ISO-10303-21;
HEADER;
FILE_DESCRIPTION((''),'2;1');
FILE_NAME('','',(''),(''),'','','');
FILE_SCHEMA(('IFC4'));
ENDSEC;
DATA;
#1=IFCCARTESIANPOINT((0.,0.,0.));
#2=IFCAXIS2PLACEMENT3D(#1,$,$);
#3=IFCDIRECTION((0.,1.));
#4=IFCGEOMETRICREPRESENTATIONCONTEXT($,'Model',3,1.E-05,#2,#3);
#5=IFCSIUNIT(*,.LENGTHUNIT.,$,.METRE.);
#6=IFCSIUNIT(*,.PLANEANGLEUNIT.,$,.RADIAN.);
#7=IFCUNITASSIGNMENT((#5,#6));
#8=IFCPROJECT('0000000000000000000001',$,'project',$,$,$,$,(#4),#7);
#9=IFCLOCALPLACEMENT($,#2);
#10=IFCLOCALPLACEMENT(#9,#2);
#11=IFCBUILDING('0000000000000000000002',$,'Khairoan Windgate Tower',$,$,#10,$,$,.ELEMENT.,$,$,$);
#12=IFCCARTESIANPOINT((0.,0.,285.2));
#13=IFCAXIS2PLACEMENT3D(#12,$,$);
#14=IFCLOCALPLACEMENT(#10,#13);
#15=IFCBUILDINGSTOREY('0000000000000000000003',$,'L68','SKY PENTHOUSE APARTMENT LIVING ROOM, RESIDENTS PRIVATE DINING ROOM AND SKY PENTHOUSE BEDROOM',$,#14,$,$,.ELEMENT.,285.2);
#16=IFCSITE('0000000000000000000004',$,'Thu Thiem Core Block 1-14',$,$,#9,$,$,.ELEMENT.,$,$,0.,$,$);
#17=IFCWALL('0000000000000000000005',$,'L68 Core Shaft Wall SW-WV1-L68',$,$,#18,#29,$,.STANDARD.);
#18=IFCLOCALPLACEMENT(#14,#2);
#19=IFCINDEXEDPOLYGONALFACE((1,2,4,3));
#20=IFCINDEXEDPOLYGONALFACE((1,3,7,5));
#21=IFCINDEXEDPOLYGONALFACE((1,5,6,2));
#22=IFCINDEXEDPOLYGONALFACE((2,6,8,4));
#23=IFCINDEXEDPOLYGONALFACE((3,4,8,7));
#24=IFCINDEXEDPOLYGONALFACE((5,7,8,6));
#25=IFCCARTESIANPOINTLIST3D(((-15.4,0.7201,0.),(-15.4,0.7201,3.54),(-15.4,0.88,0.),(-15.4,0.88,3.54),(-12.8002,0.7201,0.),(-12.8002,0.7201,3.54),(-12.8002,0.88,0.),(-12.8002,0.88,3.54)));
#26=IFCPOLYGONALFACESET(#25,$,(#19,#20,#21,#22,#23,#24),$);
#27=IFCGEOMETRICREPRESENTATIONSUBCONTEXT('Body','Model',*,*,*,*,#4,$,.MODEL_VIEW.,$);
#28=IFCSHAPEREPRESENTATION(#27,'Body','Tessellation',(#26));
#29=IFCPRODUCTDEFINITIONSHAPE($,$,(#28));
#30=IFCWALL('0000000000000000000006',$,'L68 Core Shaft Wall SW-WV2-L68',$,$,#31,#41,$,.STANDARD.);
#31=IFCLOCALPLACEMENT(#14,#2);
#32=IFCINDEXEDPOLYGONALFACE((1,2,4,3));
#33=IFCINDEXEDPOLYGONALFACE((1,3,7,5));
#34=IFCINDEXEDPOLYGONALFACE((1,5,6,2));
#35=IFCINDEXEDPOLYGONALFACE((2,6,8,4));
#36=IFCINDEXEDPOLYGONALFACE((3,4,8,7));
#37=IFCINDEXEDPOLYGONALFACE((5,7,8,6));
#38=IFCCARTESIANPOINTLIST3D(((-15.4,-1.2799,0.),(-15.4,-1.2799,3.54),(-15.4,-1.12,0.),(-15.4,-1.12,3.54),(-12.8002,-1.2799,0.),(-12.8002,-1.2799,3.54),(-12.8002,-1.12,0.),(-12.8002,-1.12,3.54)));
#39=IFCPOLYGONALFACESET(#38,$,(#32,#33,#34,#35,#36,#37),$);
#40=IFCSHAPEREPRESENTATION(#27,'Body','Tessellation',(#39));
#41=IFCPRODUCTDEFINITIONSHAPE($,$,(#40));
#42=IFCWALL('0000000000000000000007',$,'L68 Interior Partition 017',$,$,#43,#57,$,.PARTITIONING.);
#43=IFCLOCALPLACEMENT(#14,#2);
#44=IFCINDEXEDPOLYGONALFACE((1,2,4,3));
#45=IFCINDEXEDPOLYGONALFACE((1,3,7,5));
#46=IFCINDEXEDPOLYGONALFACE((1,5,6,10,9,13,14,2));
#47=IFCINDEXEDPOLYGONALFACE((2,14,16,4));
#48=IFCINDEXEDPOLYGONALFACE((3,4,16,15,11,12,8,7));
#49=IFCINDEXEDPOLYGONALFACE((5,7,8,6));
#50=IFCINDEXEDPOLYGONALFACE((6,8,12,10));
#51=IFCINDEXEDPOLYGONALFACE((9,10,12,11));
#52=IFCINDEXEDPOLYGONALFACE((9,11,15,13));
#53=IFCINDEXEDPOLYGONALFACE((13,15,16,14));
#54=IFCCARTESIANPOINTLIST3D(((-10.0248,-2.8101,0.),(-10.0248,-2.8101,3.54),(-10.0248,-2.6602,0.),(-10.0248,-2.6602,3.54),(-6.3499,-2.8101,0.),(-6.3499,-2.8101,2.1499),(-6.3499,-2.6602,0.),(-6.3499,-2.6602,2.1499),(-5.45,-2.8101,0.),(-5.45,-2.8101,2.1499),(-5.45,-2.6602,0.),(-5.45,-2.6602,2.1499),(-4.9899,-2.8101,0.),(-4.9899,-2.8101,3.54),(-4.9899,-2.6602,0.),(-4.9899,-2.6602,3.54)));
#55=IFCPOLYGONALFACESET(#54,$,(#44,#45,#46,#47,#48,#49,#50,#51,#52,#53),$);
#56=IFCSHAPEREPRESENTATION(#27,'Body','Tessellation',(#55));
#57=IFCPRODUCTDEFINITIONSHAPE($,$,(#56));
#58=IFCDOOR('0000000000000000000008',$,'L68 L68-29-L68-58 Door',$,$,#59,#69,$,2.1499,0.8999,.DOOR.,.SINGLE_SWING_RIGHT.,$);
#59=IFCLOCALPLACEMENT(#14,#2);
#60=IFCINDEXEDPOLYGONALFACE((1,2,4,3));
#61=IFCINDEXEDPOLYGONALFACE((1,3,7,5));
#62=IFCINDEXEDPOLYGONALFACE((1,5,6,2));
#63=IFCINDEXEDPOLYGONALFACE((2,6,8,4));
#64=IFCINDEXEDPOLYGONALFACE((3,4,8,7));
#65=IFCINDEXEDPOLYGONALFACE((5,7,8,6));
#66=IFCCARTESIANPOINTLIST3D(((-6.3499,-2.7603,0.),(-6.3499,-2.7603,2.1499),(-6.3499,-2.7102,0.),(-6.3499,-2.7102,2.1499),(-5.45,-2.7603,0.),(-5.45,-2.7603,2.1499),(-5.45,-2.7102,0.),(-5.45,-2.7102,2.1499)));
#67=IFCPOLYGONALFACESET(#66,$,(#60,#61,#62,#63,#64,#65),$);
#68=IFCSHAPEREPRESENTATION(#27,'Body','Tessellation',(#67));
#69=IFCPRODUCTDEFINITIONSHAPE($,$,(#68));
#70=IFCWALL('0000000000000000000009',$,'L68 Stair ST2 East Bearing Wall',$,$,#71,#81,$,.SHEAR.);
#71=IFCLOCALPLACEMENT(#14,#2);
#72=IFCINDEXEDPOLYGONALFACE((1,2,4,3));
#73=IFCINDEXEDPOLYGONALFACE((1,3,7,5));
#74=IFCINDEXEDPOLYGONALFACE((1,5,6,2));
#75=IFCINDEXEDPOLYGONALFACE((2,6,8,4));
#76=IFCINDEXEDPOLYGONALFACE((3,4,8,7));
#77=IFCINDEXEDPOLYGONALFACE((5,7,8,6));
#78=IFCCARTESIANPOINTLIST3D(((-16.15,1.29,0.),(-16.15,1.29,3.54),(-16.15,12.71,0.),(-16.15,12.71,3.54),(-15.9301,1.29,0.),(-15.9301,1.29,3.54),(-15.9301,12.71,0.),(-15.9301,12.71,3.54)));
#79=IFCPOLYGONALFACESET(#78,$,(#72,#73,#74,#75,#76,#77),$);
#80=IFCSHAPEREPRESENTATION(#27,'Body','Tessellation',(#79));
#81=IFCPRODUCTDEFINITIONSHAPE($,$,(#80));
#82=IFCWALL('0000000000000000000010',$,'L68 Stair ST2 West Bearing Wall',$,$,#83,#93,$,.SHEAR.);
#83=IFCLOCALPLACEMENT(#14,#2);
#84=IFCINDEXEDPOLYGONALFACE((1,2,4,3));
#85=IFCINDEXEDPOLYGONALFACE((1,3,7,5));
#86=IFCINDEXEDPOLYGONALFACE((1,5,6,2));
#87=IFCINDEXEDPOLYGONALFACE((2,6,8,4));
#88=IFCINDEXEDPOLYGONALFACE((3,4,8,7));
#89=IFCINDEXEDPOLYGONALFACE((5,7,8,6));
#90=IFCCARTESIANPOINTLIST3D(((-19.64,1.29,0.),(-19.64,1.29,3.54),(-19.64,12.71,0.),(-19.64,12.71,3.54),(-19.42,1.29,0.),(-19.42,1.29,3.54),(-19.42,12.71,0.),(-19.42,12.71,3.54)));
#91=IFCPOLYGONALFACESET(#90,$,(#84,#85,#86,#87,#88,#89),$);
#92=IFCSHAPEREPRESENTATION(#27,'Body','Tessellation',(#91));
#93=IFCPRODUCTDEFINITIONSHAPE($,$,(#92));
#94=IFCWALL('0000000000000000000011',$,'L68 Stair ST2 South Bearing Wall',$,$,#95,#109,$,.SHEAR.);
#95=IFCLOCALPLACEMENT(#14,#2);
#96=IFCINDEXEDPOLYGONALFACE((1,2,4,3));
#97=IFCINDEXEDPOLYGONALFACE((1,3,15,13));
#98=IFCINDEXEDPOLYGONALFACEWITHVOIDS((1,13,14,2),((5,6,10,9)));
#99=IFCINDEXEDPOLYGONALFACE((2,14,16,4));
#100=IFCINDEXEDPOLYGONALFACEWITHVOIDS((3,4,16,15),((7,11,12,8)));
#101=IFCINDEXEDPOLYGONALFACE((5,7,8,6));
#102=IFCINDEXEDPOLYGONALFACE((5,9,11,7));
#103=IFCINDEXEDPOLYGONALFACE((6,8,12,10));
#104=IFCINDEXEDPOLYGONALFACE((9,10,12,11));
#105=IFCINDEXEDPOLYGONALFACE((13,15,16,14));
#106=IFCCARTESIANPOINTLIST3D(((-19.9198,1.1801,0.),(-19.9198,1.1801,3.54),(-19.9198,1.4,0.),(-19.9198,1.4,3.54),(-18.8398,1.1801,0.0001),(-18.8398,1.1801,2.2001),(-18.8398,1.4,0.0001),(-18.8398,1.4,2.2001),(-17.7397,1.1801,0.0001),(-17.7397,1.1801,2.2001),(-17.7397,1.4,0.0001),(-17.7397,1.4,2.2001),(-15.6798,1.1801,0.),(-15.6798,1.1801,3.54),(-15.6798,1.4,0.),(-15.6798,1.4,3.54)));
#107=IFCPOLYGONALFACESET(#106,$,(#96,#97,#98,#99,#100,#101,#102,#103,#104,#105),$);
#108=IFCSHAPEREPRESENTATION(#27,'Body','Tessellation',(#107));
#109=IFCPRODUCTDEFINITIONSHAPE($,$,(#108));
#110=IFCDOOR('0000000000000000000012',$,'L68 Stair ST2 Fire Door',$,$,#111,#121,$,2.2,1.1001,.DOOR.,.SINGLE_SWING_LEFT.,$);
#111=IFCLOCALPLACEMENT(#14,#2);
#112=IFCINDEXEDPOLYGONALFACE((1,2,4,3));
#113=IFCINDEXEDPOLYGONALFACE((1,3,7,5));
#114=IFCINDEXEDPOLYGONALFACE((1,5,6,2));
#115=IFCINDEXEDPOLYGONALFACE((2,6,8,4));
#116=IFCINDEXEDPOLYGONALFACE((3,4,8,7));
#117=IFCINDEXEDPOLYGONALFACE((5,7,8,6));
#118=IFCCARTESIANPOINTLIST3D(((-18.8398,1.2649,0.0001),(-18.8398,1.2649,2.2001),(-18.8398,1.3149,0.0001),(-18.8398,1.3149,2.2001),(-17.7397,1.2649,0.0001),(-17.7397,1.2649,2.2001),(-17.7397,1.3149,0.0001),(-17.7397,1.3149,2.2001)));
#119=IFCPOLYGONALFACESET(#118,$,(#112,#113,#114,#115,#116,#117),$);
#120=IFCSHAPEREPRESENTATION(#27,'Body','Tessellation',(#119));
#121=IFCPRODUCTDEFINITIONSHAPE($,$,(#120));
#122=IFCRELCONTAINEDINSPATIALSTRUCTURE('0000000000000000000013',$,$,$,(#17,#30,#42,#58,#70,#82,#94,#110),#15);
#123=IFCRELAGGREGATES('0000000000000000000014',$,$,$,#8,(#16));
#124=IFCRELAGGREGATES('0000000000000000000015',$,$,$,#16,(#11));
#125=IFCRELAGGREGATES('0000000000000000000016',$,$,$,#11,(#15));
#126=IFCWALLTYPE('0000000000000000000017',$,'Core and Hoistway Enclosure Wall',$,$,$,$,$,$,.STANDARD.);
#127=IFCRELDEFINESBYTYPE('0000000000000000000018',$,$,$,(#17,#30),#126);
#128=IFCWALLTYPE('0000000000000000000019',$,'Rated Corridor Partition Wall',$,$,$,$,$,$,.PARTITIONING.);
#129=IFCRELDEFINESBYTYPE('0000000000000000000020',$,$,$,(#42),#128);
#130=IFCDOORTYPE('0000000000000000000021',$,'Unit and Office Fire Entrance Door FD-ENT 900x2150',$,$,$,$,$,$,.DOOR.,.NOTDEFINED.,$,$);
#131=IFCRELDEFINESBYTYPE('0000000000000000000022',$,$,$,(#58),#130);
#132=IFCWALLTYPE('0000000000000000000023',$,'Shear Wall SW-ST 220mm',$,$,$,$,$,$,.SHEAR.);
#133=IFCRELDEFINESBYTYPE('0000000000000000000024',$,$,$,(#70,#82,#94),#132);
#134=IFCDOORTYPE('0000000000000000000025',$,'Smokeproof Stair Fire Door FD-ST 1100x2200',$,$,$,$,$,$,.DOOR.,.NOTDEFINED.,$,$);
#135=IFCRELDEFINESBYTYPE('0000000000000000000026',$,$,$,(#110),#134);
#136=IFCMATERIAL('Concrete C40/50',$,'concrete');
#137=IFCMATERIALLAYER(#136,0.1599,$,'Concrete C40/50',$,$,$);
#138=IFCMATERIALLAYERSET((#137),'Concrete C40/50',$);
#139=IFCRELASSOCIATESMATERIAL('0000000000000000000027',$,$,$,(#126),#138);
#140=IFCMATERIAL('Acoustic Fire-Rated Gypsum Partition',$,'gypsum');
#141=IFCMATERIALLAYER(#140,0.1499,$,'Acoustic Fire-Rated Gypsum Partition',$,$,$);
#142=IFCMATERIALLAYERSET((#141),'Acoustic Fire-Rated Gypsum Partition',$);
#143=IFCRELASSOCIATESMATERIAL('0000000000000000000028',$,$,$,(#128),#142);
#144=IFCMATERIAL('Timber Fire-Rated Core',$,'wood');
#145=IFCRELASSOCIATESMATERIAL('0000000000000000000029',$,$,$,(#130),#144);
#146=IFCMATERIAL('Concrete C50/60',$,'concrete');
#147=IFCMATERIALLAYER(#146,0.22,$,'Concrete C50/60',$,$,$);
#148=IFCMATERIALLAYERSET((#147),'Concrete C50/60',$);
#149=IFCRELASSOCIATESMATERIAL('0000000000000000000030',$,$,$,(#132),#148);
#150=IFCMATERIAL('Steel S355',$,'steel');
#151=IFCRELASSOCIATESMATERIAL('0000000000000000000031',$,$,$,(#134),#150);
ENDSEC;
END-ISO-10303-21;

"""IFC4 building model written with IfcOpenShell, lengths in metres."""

from ifc_helpers import new_model, si_unit, direction, frame, frame_2d, origin, place, context, subcontext, project, spatial, rectangle, extrude, material, layer, layer_set, type_object, element, fill, save


model = new_model("IFC4")

# Units and contexts
model_context = context("Model", 3, precision=1e-05, world=origin(), true_north=direction((0.0, 1.0)))
body_context = subcontext(model_context, "Body", "Model", "MODEL_VIEW")
ifc_project = project(units=[si_unit("LENGTHUNIT", "METRE"), si_unit("PLANEANGLEUNIT", "RADIAN")], contexts=[model_context])

# Site, building, storey
site_placement = place(None, origin())
site = spatial("IfcSite", under=ifc_project, at=site_placement, Name="Thu Thiem Core Block 1-14", CompositionType="ELEMENT", RefElevation=0.0)
building_placement = place(site_placement, origin())
building = spatial("IfcBuilding", under=site, at=building_placement, Name="Khairoan Windgate Tower", CompositionType="ELEMENT")
storey_placement = place(building_placement, frame((0.0, 0.0, 285.2)))
storey = spatial("IfcBuildingStorey", under=building, at=storey_placement, Name="L68", Description="SKY PENTHOUSE APARTMENT LIVING ROOM, RESIDENTS PRIVATE DINING ROOM AND SKY PENTHOUSE BEDROOM", CompositionType="ELEMENT", Elevation=285.2)

# Shared definitions
ifc_material_1 = material(Name="Concrete C40/50", Category="concrete")
ifc_layer_1 = layer(ifc_material_1, 0.1599, Name="Concrete C40/50")
ifc_layer_set_1 = layer_set([ifc_layer_1], Name="Concrete C40/50")
wall_type_1 = type_object("IfcWallType", Name="Core and Hoistway Enclosure Wall", PredefinedType="STANDARD", material=ifc_layer_set_1)

# Walls
for number, where, z_axis, x_axis, name in (
    (1, (-15.3999, 0.8, 0.0), (0.0, 0.0, 1.0), (1.0, 0.0, 0.0), "L68 Core Shaft Wall SW-WV1-L68"),
    (2, (-15.3999, -1.2, 0.0), (0.0, 0.0, 1.0), (1.0, 0.0, 0.0), "L68 Core Shaft Wall SW-WV2-L68"),
):
    element("IfcWall", number, at=place(storey_placement, frame(where, z_axis=z_axis, x_axis=x_axis)), inside=storey, type_object=wall_type_1, Name=name, PredefinedType="STANDARD", context=body_context, shape_type="SweptSolid", body=[
        extrude(rectangle(XDim=2.5999, YDim=0.1599, at=frame_2d((1.2998, 0.0))), origin(), (0.0, 0.0, 1.0), 3.54),
    ])

# Wall, opening, door
ifc_material_2 = material(Name="Acoustic Fire-Rated Gypsum Partition", Category="gypsum")
ifc_layer_2 = layer(ifc_material_2, 0.1499, Name="Acoustic Fire-Rated Gypsum Partition")
ifc_layer_set_2 = layer_set([ifc_layer_2], Name="Acoustic Fire-Rated Gypsum Partition")
wall_type_2 = type_object("IfcWallType", Name="Rated Corridor Partition Wall", PredefinedType="PARTITIONING", material=ifc_layer_set_2)
wall_1_placement = place(storey_placement, frame((-10.0249, -2.7351, 0.0), z_axis=(0.0, 0.0, 1.0), x_axis=(1.0, 0.0, 0.0)))
wall_1 = element("IfcWall", 3, at=wall_1_placement, inside=storey, type_object=wall_type_2, Name="L68 Interior Partition 017", PredefinedType="PARTITIONING", context=body_context, shape_type="SweptSolid", body=[
    extrude(rectangle(XDim=5.0349, YDim=0.1499, at=frame_2d((2.5176, 0.0))), origin(), (0.0, 0.0, 1.0), 3.54),
])
opening_1_placement = place(wall_1_placement, frame((3.675, 0.0, 0.0)))
opening_1 = element("IfcOpeningElement", 4, at=opening_1_placement, cuts=wall_1, PredefinedType="OPENING", context=body_context, shape_type="SweptSolid", body=[
    extrude(rectangle(XDim=0.8999, YDim=2.1499, at=frame_2d((0.45, 1.075))), frame((0.0, 0.085, 0.0), z_axis=(0.0, -1.0, 0.0), x_axis=(1.0, 0.0, 0.0)), (0.0, 0.0, 1.0), 0.1699),
])
ifc_material_3 = material(Name="Timber Fire-Rated Core", Category="wood")
door_type_1 = type_object("IfcDoorType", Name="Unit and Office Fire Entrance Door FD-ENT 900x2150", OperationType="NOTDEFINED", PredefinedType="DOOR", material=ifc_material_3)
door_1_placement = place(opening_1_placement, origin())
door_1 = element("IfcDoor", 5, at=door_1_placement, inside=storey, type_object=door_type_1, Name="L68 L68-29-L68-58 Door", OperationType="SINGLE_SWING_RIGHT", OverallHeight=2.1499, OverallWidth=0.8999, PredefinedType="DOOR", context=body_context, shape_type="SweptSolid", body=[
    extrude(rectangle(XDim=0.8999, YDim=2.1499, at=frame_2d((0.45, 1.075))), frame((0.0, 0.0249, 0.0), z_axis=(0.0, -1.0, 0.0), x_axis=(1.0, 0.0, 0.0)), (0.0, 0.0, 1.0), 0.05),
])
fill(opening_1, door_1)

# Walls
ifc_material_4 = material(Name="Concrete C50/60", Category="concrete")
ifc_layer_3 = layer(ifc_material_4, 0.22, Name="Concrete C50/60")
ifc_layer_set_3 = layer_set([ifc_layer_3], Name="Concrete C50/60")
wall_type_3 = type_object("IfcWallType", Name="Shear Wall SW-ST 220mm", PredefinedType="SHEAR", material=ifc_layer_set_3)
for number, where, z_axis, x_axis, name in (
    (6, (-16.04, 1.29, 0.0), (0.0, 0.0, 1.0), (0.0, 1.0, 0.0), "L68 Stair ST2 East Bearing Wall"),
    (7, (-19.53, 1.29, 0.0), (0.0, 0.0, 1.0), (0.0, 1.0, 0.0), "L68 Stair ST2 West Bearing Wall"),
):
    element("IfcWall", number, at=place(storey_placement, frame(where, z_axis=z_axis, x_axis=x_axis)), inside=storey, type_object=wall_type_3, Name=name, PredefinedType="SHEAR", context=body_context, shape_type="SweptSolid", body=[
        extrude(rectangle(XDim=11.4199, YDim=0.22, at=frame_2d((5.71, 0.0))), origin(), (0.0, 0.0, 1.0), 3.54),
    ])

# Wall, opening, door
wall_2_placement = place(storey_placement, frame((-19.9199, 1.29, 0.0), z_axis=(0.0, 0.0, 1.0), x_axis=(1.0, 0.0, 0.0)))
wall_2 = element("IfcWall", 8, at=wall_2_placement, inside=storey, type_object=wall_type_3, Name="L68 Stair ST2 South Bearing Wall", PredefinedType="SHEAR", context=body_context, shape_type="SweptSolid", body=[
    extrude(rectangle(XDim=4.24, YDim=0.22, at=frame_2d((2.1201, 0.0))), origin(), (0.0, 0.0, 1.0), 3.54),
])
opening_2_placement = place(wall_2_placement, frame((1.0801, 0.0, 0.0)))
opening_2 = element("IfcOpeningElement", 9, at=opening_2_placement, cuts=wall_2, PredefinedType="OPENING", context=body_context, shape_type="SweptSolid", body=[
    extrude(rectangle(XDim=1.1001, YDim=2.2, at=frame_2d((0.55, 1.1001))), frame((0.0, 0.1199, 0.0), z_axis=(0.0, -1.0, 0.0), x_axis=(1.0, 0.0, 0.0)), (0.0, 0.0, 1.0), 0.24),
])
ifc_material_5 = material(Name="Steel S355", Category="steel")
door_type_2 = type_object("IfcDoorType", Name="Smokeproof Stair Fire Door FD-ST 1100x2200", OperationType="NOTDEFINED", PredefinedType="DOOR", material=ifc_material_5)
door_2_placement = place(opening_2_placement, origin())
door_2 = element("IfcDoor", 10, at=door_2_placement, inside=storey, type_object=door_type_2, Name="L68 Stair ST2 Fire Door", OperationType="SINGLE_SWING_LEFT", OverallHeight=2.2, OverallWidth=1.1001, PredefinedType="DOOR", context=body_context, shape_type="SweptSolid", body=[
    extrude(rectangle(XDim=1.1001, YDim=2.2, at=frame_2d((0.55, 1.1001))), frame((0.0, 0.0249, 0.0), z_axis=(0.0, -1.0, 0.0), x_axis=(1.0, 0.0, 0.0)), (0.0, 0.0, 1.0), 0.05),
])
fill(opening_2, door_2)

save(model, "model.ifc")
